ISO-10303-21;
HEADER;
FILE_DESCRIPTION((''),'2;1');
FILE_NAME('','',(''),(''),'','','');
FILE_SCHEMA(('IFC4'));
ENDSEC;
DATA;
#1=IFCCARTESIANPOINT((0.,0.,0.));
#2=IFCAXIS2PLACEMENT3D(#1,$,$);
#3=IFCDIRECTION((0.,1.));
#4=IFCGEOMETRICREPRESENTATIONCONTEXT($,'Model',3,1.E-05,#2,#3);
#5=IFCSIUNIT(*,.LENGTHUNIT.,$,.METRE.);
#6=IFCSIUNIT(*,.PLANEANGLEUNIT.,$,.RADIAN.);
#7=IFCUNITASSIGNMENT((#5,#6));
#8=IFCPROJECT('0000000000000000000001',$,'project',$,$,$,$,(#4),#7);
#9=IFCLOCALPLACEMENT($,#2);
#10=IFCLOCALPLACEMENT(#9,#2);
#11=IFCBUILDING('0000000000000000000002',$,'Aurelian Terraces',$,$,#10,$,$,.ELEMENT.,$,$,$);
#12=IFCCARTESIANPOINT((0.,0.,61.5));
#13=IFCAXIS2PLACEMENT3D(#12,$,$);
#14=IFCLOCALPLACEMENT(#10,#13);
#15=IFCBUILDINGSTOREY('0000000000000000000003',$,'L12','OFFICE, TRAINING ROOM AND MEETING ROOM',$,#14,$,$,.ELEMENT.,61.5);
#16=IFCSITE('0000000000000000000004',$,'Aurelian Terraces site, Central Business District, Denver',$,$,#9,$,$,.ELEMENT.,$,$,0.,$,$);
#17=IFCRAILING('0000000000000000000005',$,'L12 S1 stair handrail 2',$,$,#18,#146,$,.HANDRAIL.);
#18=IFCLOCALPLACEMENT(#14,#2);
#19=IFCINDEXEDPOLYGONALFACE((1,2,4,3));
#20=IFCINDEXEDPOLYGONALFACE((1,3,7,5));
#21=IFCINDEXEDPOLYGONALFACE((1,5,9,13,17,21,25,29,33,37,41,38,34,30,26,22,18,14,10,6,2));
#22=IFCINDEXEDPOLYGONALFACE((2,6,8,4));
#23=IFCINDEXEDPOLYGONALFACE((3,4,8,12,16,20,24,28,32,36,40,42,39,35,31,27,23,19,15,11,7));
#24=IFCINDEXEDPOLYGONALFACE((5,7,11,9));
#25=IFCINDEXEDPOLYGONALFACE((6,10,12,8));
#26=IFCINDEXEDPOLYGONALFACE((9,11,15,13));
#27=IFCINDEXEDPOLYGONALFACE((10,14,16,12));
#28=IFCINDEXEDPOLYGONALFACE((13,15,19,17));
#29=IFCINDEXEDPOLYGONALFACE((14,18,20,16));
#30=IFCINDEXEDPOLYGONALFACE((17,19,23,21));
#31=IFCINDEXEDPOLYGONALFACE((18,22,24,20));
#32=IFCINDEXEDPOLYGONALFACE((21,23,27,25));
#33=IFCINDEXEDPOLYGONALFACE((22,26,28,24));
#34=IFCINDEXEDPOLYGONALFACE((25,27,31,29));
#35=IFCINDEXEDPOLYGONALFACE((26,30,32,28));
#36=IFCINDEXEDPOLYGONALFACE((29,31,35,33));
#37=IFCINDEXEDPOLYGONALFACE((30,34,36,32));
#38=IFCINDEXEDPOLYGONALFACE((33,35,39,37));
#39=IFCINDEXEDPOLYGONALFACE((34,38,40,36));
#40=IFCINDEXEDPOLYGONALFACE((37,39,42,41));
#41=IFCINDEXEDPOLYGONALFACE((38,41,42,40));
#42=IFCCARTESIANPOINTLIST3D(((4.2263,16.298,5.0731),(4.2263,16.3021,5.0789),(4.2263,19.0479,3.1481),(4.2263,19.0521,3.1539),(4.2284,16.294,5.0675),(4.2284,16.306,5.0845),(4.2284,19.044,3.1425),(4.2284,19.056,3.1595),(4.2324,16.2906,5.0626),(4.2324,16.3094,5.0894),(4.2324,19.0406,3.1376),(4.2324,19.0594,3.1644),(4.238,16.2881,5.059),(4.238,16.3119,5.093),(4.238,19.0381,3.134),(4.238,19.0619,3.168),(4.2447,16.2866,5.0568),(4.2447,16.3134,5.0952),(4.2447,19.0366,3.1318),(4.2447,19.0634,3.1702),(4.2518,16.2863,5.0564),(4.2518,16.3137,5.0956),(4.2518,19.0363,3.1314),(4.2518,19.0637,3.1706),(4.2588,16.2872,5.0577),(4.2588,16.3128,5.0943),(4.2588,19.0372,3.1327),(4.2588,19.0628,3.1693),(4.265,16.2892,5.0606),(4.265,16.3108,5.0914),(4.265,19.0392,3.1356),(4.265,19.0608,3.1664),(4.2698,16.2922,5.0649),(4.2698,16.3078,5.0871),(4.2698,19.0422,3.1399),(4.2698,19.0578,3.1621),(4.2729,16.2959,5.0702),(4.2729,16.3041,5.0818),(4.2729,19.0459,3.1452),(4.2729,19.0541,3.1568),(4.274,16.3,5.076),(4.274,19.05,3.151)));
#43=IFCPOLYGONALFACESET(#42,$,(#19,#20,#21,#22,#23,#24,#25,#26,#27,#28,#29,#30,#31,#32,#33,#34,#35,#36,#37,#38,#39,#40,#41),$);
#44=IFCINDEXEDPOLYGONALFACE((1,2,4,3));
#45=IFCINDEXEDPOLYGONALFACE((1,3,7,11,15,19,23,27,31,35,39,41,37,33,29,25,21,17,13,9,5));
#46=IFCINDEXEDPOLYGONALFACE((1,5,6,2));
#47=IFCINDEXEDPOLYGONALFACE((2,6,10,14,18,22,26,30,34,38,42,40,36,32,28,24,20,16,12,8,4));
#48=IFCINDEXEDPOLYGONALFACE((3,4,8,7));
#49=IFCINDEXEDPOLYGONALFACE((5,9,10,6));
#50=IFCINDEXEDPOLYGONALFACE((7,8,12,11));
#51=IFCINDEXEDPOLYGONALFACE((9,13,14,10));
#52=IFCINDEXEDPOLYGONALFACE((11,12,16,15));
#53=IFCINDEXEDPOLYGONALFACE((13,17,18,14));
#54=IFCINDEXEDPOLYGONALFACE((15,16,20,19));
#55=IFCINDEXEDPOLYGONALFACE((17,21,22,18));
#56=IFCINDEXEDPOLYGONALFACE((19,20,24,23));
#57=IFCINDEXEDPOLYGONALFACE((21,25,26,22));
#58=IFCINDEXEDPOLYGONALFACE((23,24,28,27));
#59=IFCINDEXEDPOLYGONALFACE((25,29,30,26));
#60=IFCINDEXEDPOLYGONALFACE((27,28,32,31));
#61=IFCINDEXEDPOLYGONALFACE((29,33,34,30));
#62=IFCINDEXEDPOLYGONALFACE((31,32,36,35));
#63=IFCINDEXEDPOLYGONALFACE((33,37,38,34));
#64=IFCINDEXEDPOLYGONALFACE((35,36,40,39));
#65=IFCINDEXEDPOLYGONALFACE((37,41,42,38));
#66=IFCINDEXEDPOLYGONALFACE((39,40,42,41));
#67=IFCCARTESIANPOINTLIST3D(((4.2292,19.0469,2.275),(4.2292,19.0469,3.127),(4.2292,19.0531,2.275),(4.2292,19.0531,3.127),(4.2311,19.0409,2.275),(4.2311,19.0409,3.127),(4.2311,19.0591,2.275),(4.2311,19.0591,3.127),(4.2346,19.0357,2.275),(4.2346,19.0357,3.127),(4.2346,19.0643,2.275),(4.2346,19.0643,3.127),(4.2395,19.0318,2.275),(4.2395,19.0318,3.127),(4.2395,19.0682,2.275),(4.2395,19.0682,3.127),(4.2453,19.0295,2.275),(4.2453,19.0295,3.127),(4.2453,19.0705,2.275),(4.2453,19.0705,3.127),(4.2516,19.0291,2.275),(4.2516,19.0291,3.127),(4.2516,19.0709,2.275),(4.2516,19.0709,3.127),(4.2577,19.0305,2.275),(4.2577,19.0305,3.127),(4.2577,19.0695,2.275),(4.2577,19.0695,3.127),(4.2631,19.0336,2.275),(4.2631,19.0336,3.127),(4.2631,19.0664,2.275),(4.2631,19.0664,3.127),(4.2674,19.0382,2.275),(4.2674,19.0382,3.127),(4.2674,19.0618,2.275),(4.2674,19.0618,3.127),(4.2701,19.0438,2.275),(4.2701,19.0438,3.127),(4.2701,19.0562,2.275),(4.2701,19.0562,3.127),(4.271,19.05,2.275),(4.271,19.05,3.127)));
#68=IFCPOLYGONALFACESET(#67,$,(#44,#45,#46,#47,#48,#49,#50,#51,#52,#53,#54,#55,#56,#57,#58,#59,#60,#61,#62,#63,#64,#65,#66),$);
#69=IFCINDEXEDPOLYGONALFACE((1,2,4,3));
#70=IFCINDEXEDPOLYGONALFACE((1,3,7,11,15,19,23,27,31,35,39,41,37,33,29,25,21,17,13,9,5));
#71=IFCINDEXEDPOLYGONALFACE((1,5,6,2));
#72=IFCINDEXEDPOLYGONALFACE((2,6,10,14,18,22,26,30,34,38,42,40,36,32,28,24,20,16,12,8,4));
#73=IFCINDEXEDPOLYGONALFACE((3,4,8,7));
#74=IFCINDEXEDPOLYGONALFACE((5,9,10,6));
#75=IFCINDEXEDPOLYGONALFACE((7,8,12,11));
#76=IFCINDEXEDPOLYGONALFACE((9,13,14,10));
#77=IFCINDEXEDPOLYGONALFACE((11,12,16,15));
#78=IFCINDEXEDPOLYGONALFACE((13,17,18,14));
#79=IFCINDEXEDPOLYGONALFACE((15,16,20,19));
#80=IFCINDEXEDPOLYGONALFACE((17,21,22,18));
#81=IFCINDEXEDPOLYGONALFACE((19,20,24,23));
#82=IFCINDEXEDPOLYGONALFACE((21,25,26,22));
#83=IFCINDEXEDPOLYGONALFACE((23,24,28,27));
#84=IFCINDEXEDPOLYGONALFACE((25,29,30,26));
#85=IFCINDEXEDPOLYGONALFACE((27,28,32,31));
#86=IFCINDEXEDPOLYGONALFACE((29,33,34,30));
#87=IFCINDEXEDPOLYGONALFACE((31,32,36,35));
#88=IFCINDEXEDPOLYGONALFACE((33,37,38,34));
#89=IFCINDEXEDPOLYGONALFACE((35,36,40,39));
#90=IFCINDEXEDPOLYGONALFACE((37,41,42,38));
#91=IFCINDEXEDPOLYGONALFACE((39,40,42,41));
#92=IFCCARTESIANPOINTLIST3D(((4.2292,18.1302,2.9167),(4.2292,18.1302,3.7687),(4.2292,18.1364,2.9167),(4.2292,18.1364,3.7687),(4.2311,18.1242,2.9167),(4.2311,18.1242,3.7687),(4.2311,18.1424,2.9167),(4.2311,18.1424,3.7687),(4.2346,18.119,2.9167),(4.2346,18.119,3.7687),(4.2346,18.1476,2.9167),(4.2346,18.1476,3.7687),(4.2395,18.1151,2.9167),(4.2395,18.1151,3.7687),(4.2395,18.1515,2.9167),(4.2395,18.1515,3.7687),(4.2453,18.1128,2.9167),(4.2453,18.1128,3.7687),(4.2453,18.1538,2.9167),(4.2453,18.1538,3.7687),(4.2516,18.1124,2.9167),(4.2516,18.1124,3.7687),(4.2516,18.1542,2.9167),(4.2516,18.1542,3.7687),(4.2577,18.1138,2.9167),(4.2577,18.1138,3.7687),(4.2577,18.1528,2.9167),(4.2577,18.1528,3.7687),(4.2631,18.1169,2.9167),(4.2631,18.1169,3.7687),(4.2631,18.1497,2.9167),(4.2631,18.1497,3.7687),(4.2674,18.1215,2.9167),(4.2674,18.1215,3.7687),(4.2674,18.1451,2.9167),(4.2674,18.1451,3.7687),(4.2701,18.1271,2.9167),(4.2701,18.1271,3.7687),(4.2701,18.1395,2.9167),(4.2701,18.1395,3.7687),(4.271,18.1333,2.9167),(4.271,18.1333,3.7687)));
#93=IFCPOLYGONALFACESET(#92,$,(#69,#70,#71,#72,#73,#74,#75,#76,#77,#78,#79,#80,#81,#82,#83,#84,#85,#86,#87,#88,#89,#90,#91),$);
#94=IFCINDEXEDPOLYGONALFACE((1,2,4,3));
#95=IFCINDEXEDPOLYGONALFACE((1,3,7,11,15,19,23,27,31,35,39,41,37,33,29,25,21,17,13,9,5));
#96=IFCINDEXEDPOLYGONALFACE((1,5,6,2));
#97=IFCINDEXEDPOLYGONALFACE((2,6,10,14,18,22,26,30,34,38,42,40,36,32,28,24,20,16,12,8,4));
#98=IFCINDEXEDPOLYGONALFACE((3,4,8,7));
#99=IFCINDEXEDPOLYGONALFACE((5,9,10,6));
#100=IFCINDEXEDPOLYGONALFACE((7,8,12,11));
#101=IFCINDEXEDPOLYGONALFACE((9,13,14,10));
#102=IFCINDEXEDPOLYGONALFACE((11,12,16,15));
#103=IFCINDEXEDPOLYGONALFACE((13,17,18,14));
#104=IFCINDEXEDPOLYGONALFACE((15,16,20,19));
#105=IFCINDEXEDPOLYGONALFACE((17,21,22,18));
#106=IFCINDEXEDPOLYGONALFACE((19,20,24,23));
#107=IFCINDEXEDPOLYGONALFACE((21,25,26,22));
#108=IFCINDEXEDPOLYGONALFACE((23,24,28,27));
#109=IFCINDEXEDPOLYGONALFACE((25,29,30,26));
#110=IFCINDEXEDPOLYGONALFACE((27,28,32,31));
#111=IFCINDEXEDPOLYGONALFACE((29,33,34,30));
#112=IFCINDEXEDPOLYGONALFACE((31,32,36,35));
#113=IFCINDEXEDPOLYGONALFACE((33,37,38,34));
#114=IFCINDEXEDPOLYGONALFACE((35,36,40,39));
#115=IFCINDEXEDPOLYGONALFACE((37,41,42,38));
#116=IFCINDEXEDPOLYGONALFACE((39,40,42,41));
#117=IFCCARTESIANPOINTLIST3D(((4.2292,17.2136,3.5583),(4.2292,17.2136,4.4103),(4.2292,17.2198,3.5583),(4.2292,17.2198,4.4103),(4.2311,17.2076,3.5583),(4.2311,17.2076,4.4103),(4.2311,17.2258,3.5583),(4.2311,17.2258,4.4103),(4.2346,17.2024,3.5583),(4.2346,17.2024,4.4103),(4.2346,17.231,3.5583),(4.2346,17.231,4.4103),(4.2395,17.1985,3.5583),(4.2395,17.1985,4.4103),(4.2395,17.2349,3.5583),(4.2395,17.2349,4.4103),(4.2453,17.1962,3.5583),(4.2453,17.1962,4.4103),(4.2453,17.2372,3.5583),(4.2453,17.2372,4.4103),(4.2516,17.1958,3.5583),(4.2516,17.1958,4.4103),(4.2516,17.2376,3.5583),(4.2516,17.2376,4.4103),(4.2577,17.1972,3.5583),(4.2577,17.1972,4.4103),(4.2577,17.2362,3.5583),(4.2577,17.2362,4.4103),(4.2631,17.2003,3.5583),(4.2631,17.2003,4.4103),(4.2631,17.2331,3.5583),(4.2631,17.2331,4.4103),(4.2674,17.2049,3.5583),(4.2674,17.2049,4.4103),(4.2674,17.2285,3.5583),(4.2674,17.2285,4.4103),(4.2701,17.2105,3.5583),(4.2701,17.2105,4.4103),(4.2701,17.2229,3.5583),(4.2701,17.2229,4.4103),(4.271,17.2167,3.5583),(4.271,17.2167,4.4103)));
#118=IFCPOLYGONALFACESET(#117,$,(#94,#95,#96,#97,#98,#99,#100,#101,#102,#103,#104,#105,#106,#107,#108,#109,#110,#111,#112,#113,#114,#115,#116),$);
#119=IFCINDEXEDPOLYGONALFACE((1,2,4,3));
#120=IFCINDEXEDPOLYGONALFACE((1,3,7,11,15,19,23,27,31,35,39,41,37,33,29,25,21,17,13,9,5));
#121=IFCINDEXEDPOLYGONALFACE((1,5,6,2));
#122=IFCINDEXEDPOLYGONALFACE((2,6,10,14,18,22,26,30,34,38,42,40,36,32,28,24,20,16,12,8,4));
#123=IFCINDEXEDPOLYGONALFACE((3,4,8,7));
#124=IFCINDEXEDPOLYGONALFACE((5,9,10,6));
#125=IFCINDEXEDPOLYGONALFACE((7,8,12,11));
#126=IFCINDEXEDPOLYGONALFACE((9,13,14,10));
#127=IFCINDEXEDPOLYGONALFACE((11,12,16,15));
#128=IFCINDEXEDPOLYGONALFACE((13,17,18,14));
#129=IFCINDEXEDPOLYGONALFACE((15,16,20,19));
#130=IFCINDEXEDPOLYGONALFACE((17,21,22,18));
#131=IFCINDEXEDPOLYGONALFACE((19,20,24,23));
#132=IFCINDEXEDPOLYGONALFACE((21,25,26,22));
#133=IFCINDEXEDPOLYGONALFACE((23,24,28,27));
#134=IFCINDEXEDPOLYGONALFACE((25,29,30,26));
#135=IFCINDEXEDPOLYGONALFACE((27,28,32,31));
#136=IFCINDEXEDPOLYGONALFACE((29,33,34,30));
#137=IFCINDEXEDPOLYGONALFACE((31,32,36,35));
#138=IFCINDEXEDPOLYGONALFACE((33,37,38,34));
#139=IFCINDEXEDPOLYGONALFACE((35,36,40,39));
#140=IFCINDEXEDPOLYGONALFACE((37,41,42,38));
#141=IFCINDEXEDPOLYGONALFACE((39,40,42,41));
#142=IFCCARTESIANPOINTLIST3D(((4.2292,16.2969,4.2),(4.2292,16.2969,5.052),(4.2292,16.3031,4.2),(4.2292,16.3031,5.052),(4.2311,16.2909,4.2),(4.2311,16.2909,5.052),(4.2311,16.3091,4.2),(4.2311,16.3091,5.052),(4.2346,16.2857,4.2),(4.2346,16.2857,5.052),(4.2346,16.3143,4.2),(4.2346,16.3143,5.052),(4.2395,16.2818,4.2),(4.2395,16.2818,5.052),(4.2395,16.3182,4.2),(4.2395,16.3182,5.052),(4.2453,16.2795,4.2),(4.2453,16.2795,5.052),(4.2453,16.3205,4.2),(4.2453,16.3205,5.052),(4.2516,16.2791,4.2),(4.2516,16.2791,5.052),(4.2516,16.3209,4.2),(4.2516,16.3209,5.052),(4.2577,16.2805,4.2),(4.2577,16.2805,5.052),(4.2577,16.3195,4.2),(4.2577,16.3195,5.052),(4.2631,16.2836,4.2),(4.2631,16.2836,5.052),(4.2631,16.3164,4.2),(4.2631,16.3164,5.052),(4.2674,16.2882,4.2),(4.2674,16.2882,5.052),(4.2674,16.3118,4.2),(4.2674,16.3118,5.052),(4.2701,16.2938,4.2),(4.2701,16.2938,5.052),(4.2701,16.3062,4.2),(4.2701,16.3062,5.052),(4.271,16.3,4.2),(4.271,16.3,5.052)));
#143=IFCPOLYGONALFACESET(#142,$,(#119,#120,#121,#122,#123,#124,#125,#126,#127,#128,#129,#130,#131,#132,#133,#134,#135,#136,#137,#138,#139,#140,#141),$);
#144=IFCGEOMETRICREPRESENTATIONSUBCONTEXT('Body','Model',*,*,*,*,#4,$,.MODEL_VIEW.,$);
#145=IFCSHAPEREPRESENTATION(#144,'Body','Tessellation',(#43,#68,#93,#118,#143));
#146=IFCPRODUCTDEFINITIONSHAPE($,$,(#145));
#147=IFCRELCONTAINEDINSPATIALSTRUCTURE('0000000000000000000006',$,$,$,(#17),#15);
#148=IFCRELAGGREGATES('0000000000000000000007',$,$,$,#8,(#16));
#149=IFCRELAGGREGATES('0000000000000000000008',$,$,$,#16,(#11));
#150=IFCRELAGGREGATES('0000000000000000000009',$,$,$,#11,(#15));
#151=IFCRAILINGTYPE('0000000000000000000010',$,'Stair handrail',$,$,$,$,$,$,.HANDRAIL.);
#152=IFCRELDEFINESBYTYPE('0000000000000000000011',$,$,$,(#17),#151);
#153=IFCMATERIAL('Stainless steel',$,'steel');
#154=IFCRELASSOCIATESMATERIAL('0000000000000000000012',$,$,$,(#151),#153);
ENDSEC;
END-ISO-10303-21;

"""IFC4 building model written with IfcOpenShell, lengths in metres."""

from ifc_helpers import new_model, si_unit, direction, frame, origin, origin_2d, place, context, subcontext, project, spatial, circle, extrude, source, transform, mapped, material, type_object, element, save


model = new_model("IFC4")

# Units and contexts
model_context = context("Model", 3, precision=1e-05, world=origin(), true_north=direction((0.0, 1.0)))
body_context = subcontext(model_context, "Body", "Model", "MODEL_VIEW")
ifc_project = project(units=[si_unit("LENGTHUNIT", "METRE"), si_unit("PLANEANGLEUNIT", "RADIAN")], contexts=[model_context])

# Site, building, storey
site_placement = place(None, origin())
site = spatial("IfcSite", under=ifc_project, at=site_placement, Name="Aurelian Terraces site, Central Business District, Denver", CompositionType="ELEMENT", RefElevation=0.0)
building_placement = place(site_placement, origin())
building = spatial("IfcBuilding", under=site, at=building_placement, Name="Aurelian Terraces", CompositionType="ELEMENT")
storey_placement = place(building_placement, frame((0.0, 0.0, 61.5)))
storey = spatial("IfcBuildingStorey", under=building, at=storey_placement, Name="L12", Description="OFFICE, TRAINING ROOM AND MEETING ROOM", CompositionType="ELEMENT", Elevation=61.5)

# Shared definitions
ifc_material_1 = material(Name="Stainless steel", Category="steel")

# Railing
railing_type_1 = type_object("IfcRailingType", Name="Stair handrail", PredefinedType="HANDRAIL", material=ifc_material_1)
shared_shape_1 = source(origin(), body_context, "Body", "SweptSolid", [
    extrude(circle(Radius=0.024, at=origin_2d()), frame((0.0, 0.0, 0.876), z_axis=(0.0, -0.819232, 0.573462), x_axis=(1.0, 0.0, 0.0)), (0.0, 0.0, 1.0), 3.3568),
    extrude(circle(Radius=0.021, at=origin_2d()), origin(), (0.0, 0.0, 1.0), 0.852),
    extrude(circle(Radius=0.021, at=origin_2d()), frame((0.0, -0.9167, 0.6417)), (0.0, 0.0, 1.0), 0.852),
    extrude(circle(Radius=0.021, at=origin_2d()), frame((0.0, -1.8333, 1.2833)), (0.0, 0.0, 1.0), 0.852),
    extrude(circle(Radius=0.021, at=origin_2d()), frame((0.0, -2.75, 1.925)), (0.0, 0.0, 1.0), 0.852),
])
railing_1_placement = place(storey_placement, frame((4.25, 19.05, 2.275)))
element("IfcRailing", 1, at=railing_1_placement, inside=storey, type_object=railing_type_1, Name="L12 S1 stair handrail 2", PredefinedType="HANDRAIL", context=body_context, shape_type="MappedRepresentation", body=[
    mapped(shared_shape_1, transform((0.0, 0.0, 0.0), scale=1.0)),
])

save(model, "model.ifc")
